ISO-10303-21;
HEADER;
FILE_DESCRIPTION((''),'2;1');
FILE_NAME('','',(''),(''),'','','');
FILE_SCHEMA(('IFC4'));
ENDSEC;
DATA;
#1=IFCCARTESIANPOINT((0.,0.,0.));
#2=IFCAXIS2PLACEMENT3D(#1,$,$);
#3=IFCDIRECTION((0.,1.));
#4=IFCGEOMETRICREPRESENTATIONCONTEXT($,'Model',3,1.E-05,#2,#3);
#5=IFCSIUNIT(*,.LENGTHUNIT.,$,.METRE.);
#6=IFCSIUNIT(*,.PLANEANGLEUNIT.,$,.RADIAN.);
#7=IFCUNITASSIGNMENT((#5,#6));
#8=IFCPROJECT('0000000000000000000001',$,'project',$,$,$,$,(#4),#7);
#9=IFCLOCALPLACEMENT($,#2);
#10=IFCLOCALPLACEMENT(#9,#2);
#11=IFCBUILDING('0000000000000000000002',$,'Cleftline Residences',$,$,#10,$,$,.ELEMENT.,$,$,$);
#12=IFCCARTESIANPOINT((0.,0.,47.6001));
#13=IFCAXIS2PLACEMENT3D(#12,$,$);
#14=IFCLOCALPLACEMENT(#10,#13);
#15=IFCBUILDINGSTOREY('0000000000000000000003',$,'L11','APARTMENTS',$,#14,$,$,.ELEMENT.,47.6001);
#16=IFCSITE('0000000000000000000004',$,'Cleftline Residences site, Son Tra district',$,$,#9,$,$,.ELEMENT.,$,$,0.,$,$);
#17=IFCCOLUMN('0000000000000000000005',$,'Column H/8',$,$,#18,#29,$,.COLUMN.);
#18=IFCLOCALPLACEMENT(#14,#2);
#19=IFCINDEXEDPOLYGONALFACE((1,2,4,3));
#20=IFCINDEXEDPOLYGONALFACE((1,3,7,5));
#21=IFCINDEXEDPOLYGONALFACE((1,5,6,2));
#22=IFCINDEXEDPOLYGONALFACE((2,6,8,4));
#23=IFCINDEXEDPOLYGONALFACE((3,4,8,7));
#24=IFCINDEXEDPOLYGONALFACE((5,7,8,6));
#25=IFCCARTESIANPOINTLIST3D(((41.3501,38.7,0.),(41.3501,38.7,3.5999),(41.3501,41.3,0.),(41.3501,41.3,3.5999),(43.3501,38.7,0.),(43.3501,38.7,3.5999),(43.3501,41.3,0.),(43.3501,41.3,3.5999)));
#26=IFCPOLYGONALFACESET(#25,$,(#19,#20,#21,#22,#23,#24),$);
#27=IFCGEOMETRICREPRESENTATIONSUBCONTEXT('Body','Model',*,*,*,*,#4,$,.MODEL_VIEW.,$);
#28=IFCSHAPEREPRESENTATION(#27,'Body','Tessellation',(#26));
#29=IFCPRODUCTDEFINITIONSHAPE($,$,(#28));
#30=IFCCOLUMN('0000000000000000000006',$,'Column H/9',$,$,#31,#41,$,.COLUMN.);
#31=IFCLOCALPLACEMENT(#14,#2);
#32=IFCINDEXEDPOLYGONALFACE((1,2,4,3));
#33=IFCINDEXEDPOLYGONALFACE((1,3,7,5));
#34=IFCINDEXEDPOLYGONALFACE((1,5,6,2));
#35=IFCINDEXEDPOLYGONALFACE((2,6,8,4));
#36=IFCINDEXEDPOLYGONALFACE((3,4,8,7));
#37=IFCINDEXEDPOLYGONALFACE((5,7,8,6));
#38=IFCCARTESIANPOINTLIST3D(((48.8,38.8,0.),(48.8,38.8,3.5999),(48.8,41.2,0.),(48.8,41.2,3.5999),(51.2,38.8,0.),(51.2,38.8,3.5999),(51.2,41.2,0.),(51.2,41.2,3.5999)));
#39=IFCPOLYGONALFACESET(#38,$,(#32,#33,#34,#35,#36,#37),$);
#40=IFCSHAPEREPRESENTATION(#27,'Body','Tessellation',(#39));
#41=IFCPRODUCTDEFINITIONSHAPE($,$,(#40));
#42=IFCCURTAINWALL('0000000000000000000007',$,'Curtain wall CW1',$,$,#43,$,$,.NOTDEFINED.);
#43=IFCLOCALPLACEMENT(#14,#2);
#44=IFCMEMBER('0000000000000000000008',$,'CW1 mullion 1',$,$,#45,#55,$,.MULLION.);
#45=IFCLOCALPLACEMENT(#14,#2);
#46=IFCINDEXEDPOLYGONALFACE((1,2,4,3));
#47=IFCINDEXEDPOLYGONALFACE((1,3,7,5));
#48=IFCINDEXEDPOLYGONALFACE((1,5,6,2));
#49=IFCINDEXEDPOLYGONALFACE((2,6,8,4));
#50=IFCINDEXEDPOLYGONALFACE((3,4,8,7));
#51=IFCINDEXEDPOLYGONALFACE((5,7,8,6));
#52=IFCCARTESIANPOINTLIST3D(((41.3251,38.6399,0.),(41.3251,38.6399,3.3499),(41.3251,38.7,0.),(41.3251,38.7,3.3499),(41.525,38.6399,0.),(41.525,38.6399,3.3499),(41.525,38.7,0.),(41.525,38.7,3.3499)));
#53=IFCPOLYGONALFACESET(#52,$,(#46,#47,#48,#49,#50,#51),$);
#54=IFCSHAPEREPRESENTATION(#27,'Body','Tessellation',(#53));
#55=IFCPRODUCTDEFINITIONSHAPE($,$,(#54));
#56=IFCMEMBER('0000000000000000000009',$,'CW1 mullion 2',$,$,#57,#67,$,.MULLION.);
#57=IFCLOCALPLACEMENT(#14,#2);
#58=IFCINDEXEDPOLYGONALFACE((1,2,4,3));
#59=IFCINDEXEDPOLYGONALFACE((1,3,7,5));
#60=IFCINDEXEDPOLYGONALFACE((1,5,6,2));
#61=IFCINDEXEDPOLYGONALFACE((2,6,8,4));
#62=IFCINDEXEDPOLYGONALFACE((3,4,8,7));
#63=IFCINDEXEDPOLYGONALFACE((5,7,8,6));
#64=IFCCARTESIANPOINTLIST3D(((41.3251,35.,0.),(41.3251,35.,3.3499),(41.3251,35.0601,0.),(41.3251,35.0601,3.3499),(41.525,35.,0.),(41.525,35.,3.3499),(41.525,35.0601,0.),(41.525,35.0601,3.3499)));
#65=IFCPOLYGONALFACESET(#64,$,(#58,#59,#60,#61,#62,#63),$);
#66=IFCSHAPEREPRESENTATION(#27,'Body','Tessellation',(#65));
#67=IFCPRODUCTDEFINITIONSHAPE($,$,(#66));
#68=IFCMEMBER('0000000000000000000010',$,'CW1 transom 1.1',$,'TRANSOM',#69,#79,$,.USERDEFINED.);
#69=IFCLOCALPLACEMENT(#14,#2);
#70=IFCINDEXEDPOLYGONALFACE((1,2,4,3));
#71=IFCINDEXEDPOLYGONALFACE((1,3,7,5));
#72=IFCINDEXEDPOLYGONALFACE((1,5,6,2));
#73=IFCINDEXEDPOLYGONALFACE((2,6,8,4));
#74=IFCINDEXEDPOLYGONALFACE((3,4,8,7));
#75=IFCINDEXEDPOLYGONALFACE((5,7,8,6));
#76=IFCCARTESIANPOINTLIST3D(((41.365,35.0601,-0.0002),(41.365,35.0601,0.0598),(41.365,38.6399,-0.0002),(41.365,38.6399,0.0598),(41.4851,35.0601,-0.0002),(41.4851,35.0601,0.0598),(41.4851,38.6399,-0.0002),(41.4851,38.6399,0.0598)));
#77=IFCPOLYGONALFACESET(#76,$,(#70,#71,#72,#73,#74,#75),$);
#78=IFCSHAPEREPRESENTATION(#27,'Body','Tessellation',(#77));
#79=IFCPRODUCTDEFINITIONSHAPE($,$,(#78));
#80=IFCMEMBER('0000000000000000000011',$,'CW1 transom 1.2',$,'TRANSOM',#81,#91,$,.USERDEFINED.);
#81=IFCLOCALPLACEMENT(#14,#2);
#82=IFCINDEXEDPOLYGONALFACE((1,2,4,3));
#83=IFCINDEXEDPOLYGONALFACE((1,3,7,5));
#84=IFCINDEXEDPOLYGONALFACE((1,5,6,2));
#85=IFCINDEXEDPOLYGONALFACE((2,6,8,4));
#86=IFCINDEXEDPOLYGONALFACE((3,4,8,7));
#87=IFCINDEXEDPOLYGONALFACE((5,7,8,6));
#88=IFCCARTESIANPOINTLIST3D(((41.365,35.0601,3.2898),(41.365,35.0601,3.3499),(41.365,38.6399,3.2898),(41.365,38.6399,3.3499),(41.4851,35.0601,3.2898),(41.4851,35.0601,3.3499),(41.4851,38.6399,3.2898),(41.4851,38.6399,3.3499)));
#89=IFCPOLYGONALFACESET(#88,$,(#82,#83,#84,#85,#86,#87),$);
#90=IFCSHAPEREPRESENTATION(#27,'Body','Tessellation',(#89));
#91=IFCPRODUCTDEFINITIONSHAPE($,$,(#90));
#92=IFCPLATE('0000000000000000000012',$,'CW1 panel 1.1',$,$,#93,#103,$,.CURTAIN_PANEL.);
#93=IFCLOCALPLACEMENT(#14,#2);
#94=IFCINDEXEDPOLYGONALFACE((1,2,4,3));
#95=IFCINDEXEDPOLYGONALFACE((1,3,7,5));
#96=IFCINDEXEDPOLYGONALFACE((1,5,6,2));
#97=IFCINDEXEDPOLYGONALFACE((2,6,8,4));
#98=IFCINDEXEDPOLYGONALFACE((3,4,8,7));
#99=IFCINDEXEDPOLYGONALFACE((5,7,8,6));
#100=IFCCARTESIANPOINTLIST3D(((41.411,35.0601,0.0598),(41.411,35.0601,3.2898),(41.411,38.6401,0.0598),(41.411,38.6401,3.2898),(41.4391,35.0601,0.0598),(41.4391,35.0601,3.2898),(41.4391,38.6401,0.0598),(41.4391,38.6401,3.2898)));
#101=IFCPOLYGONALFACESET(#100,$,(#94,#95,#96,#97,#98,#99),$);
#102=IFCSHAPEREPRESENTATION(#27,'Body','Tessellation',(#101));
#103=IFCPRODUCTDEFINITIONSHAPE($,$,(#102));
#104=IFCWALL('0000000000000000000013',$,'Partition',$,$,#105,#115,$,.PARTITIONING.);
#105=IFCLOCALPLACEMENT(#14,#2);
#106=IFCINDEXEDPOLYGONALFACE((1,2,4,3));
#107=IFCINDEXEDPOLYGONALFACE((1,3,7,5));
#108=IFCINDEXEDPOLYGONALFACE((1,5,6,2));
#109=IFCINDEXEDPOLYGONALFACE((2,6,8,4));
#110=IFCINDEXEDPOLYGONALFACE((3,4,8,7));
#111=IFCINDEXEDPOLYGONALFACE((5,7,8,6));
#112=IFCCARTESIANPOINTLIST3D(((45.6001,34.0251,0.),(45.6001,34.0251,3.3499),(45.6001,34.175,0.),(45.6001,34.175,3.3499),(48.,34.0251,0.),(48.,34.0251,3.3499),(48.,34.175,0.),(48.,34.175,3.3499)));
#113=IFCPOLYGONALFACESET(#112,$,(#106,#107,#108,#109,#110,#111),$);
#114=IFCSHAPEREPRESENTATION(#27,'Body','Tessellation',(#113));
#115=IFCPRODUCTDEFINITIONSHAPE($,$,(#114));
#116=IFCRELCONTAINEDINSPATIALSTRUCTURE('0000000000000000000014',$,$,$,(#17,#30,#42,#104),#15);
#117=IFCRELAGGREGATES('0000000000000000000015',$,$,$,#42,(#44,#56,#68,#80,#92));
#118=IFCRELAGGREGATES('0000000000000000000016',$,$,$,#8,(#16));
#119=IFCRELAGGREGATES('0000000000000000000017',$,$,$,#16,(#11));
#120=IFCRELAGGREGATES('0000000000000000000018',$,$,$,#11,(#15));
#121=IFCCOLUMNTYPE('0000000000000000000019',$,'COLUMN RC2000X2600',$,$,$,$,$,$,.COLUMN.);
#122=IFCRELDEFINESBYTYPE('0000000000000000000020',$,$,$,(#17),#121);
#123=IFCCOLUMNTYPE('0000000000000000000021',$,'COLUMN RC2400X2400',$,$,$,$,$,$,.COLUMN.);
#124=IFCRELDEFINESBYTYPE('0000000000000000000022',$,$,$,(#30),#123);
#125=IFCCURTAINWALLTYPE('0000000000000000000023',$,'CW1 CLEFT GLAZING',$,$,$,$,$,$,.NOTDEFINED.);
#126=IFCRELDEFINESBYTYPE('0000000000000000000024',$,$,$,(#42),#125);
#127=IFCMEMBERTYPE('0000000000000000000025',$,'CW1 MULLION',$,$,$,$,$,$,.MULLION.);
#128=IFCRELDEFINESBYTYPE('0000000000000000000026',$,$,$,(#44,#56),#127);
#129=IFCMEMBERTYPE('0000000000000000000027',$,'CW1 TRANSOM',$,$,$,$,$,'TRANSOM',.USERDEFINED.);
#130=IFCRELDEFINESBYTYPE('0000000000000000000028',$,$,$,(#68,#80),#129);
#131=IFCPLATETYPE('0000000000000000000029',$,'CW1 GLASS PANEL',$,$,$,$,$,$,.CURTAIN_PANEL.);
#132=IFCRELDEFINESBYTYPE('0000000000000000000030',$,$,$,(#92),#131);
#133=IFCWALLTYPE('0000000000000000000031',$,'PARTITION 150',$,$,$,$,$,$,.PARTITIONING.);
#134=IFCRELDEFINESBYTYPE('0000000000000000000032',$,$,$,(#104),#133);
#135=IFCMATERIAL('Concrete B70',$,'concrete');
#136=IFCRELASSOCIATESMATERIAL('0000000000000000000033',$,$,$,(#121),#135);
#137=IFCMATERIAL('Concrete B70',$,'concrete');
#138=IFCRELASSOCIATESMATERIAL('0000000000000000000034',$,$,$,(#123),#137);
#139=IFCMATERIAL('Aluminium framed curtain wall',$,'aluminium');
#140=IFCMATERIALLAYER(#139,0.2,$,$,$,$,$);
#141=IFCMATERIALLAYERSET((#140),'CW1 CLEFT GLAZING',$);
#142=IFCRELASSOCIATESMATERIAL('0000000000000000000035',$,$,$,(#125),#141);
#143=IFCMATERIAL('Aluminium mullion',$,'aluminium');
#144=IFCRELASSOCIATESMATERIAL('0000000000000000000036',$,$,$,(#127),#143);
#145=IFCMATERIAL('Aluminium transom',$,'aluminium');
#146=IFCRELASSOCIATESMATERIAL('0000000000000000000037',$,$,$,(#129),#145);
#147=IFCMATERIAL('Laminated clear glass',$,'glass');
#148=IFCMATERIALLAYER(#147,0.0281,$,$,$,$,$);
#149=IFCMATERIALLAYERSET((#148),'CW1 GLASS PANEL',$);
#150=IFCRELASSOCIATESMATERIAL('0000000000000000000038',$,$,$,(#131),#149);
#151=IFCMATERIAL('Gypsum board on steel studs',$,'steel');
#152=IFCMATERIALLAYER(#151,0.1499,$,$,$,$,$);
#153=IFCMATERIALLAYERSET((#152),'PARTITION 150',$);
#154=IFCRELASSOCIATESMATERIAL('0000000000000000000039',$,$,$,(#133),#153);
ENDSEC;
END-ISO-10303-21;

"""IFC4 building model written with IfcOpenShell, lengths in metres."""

from ifc_helpers import new_model, si_unit, direction, frame, frame_2d, origin, origin_2d, place, context, subcontext, project, spatial, rectangle, extrude, material, layer, layer_set, material_profile, profile_set, type_object, element, aggregate, save


model = new_model("IFC4")

# Units and contexts
model_context = context("Model", 3, precision=1e-05, world=origin(), true_north=direction((0.0, 1.0)))
body_context = subcontext(model_context, "Body", "Model", "MODEL_VIEW")
ifc_project = project(units=[si_unit("LENGTHUNIT", "METRE"), si_unit("PLANEANGLEUNIT", "RADIAN")], contexts=[model_context])

# Site, building, storey
site_placement = place(None, origin())
site = spatial("IfcSite", under=ifc_project, at=site_placement, Name="Cleftline Residences site, Son Tra district", CompositionType="ELEMENT", RefElevation=0.0)
building_placement = place(site_placement, origin())
building = spatial("IfcBuilding", under=site, at=building_placement, Name="Cleftline Residences", CompositionType="ELEMENT")
storey_placement = place(building_placement, frame((0.0, 0.0, 47.6001)))
storey = spatial("IfcBuildingStorey", under=building, at=storey_placement, Name="L11", Description="APARTMENTS", CompositionType="ELEMENT", Elevation=47.6001)

# Columns
ifc_material_1 = material(Name="Concrete B70", Category="concrete")
ifc_material_profile_1 = material_profile(ifc_material_1, rectangle(XDim=2.0, YDim=2.6001, at=origin_2d()))
ifc_profile_set_1 = profile_set([ifc_material_profile_1], Name="Concrete B70")
column_type_1 = type_object("IfcColumnType", Name="COLUMN RC2000X2600", PredefinedType="COLUMN", material=ifc_profile_set_1)
column_1_placement = place(storey_placement, frame((42.3501, 40.0, 0.0), z_axis=(0.0, 0.0, 1.0), x_axis=(1.0, 0.0, 0.0)))
element("IfcColumn", 1, at=column_1_placement, inside=storey, type_object=column_type_1, Name="Column H/8", PredefinedType="COLUMN", context=body_context, shape_type="SweptSolid", body=[
    extrude(rectangle(XDim=2.0, YDim=2.6001, at=origin_2d()), origin(), (0.0, 0.0, 1.0), 3.5999),
])
ifc_material_2 = material(Name="Concrete B70", Category="concrete")
ifc_material_profile_2 = material_profile(ifc_material_2, rectangle(XDim=2.3999, YDim=2.3999, at=origin_2d()))
ifc_profile_set_2 = profile_set([ifc_material_profile_2], Name="Concrete B70")
column_type_2 = type_object("IfcColumnType", Name="COLUMN RC2400X2400", PredefinedType="COLUMN", material=ifc_profile_set_2)
column_2_placement = place(storey_placement, frame((50.0, 40.0, 0.0), z_axis=(0.0, 0.0, 1.0), x_axis=(1.0, 0.0, 0.0)))
element("IfcColumn", 2, at=column_2_placement, inside=storey, type_object=column_type_2, Name="Column H/9", PredefinedType="COLUMN", context=body_context, shape_type="SweptSolid", body=[
    extrude(rectangle(XDim=2.3999, YDim=2.3999, at=origin_2d()), origin(), (0.0, 0.0, 1.0), 3.5999),
])

# Curtain wall, members, plate
ifc_material_3 = material(Name="Aluminium framed curtain wall", Category="aluminium")
ifc_layer_1 = layer(ifc_material_3, 0.2)
ifc_layer_set_1 = layer_set([ifc_layer_1], Name="CW1 CLEFT GLAZING")
curtain_wall_type = type_object("IfcCurtainWallType", Name="CW1 CLEFT GLAZING", PredefinedType="NOTDEFINED", material=ifc_layer_set_1)
curtain_wall_placement = place(storey_placement, origin())
curtain_wall = element("IfcCurtainWall", 3, at=curtain_wall_placement, inside=storey, type_object=curtain_wall_type, Name="Curtain wall CW1", PredefinedType="NOTDEFINED")
ifc_material_4 = material(Name="Aluminium mullion", Category="aluminium")
ifc_material_profile_3 = material_profile(ifc_material_4, rectangle(XDim=0.2, YDim=0.0601, at=origin_2d()))
ifc_profile_set_3 = profile_set([ifc_material_profile_3], Name="Aluminium mullion")
member_type_1 = type_object("IfcMemberType", Name="CW1 MULLION", PredefinedType="MULLION", material=ifc_profile_set_3)
member_1_placement = place(storey_placement, frame((41.425, 38.6699, 0.0), z_axis=(0.0, 0.0, 1.0), x_axis=(1.0, 0.0, 0.0)))
member_1 = element("IfcMember", 4, at=member_1_placement, type_object=member_type_1, Name="CW1 mullion 1", PredefinedType="MULLION", context=body_context, shape_type="SweptSolid", body=[
    extrude(rectangle(XDim=0.2, YDim=0.0601, at=origin_2d()), origin(), (0.0, 0.0, 1.0), 3.3499),
])
member_2_placement = place(storey_placement, frame((41.425, 35.03, 0.0), z_axis=(0.0, 0.0, 1.0), x_axis=(1.0, 0.0, 0.0)))
member_2 = element("IfcMember", 5, at=member_2_placement, type_object=member_type_1, Name="CW1 mullion 2", PredefinedType="MULLION", context=body_context, shape_type="SweptSolid", body=[
    extrude(rectangle(XDim=0.2, YDim=0.0601, at=origin_2d()), origin(), (0.0, 0.0, 1.0), 3.3499),
])
ifc_material_5 = material(Name="Aluminium transom", Category="aluminium")
ifc_material_profile_4 = material_profile(ifc_material_5, rectangle(XDim=0.1201, YDim=0.0601, at=origin_2d()))
ifc_profile_set_4 = profile_set([ifc_material_profile_4], Name="Aluminium transom")
member_type_2 = type_object("IfcMemberType", Name="CW1 TRANSOM", ElementType="TRANSOM", PredefinedType="USERDEFINED", material=ifc_profile_set_4)
member_3_placement = place(storey_placement, frame((41.425, 38.6399, 0.0298), z_axis=(0.0, -1.0, 0.0), x_axis=(1.0, 0.0, 0.0)))
member_3 = element("IfcMember", 6, at=member_3_placement, type_object=member_type_2, Name="CW1 transom 1.1", ObjectType="TRANSOM", PredefinedType="USERDEFINED", context=body_context, shape_type="SweptSolid", body=[
    extrude(rectangle(XDim=0.1201, YDim=0.0601, at=origin_2d()), origin(), (0.0, 0.0, 1.0), 3.5798),
])
member_4_placement = place(storey_placement, frame((41.425, 38.6399, 3.3198), z_axis=(0.0, -1.0, 0.0), x_axis=(1.0, 0.0, 0.0)))
member_4 = element("IfcMember", 7, at=member_4_placement, type_object=member_type_2, Name="CW1 transom 1.2", ObjectType="TRANSOM", PredefinedType="USERDEFINED", context=body_context, shape_type="SweptSolid", body=[
    extrude(rectangle(XDim=0.1201, YDim=0.0601, at=origin_2d()), origin(), (0.0, 0.0, 1.0), 3.5798),
])
ifc_material_6 = material(Name="Laminated clear glass", Category="glass")
ifc_layer_2 = layer(ifc_material_6, 0.0281)
ifc_layer_set_2 = layer_set([ifc_layer_2], Name="CW1 GLASS PANEL")
plate_type = type_object("IfcPlateType", Name="CW1 GLASS PANEL", PredefinedType="CURTAIN_PANEL", material=ifc_layer_set_2)
plate_placement = place(storey_placement, frame((41.425, 36.8501, 0.0598), z_axis=(0.0, 0.0, 1.0), x_axis=(0.0, -1.0, 0.0)))
plate = element("IfcPlate", 8, at=plate_placement, type_object=plate_type, Name="CW1 panel 1.1", PredefinedType="CURTAIN_PANEL", context=body_context, shape_type="SweptSolid", body=[
    extrude(rectangle(XDim=3.5801, YDim=0.0281, at=origin_2d()), origin(), (0.0, 0.0, 1.0), 3.23),
])
aggregate(curtain_wall, [member_1, member_2, member_3, member_4, plate])

# Wall
ifc_material_7 = material(Name="Gypsum board on steel studs", Category="steel")
ifc_layer_3 = layer(ifc_material_7, 0.1499)
ifc_layer_set_3 = layer_set([ifc_layer_3], Name="PARTITION 150")
wall_type = type_object("IfcWallType", Name="PARTITION 150", PredefinedType="PARTITIONING", material=ifc_layer_set_3)
wall_1_placement = place(storey_placement, frame((45.6001, 34.1001, 0.0), z_axis=(0.0, 0.0, 1.0), x_axis=(1.0, 0.0, 0.0)))
element("IfcWall", 9, at=wall_1_placement, inside=storey, type_object=wall_type, Name="Partition", PredefinedType="PARTITIONING", context=body_context, shape_type="SweptSolid", body=[
    extrude(rectangle(XDim=2.3999, YDim=0.1499, at=frame_2d((1.2, 0.0))), origin(), (0.0, 0.0, 1.0), 3.3499),
])

save(model, "model.ifc")
